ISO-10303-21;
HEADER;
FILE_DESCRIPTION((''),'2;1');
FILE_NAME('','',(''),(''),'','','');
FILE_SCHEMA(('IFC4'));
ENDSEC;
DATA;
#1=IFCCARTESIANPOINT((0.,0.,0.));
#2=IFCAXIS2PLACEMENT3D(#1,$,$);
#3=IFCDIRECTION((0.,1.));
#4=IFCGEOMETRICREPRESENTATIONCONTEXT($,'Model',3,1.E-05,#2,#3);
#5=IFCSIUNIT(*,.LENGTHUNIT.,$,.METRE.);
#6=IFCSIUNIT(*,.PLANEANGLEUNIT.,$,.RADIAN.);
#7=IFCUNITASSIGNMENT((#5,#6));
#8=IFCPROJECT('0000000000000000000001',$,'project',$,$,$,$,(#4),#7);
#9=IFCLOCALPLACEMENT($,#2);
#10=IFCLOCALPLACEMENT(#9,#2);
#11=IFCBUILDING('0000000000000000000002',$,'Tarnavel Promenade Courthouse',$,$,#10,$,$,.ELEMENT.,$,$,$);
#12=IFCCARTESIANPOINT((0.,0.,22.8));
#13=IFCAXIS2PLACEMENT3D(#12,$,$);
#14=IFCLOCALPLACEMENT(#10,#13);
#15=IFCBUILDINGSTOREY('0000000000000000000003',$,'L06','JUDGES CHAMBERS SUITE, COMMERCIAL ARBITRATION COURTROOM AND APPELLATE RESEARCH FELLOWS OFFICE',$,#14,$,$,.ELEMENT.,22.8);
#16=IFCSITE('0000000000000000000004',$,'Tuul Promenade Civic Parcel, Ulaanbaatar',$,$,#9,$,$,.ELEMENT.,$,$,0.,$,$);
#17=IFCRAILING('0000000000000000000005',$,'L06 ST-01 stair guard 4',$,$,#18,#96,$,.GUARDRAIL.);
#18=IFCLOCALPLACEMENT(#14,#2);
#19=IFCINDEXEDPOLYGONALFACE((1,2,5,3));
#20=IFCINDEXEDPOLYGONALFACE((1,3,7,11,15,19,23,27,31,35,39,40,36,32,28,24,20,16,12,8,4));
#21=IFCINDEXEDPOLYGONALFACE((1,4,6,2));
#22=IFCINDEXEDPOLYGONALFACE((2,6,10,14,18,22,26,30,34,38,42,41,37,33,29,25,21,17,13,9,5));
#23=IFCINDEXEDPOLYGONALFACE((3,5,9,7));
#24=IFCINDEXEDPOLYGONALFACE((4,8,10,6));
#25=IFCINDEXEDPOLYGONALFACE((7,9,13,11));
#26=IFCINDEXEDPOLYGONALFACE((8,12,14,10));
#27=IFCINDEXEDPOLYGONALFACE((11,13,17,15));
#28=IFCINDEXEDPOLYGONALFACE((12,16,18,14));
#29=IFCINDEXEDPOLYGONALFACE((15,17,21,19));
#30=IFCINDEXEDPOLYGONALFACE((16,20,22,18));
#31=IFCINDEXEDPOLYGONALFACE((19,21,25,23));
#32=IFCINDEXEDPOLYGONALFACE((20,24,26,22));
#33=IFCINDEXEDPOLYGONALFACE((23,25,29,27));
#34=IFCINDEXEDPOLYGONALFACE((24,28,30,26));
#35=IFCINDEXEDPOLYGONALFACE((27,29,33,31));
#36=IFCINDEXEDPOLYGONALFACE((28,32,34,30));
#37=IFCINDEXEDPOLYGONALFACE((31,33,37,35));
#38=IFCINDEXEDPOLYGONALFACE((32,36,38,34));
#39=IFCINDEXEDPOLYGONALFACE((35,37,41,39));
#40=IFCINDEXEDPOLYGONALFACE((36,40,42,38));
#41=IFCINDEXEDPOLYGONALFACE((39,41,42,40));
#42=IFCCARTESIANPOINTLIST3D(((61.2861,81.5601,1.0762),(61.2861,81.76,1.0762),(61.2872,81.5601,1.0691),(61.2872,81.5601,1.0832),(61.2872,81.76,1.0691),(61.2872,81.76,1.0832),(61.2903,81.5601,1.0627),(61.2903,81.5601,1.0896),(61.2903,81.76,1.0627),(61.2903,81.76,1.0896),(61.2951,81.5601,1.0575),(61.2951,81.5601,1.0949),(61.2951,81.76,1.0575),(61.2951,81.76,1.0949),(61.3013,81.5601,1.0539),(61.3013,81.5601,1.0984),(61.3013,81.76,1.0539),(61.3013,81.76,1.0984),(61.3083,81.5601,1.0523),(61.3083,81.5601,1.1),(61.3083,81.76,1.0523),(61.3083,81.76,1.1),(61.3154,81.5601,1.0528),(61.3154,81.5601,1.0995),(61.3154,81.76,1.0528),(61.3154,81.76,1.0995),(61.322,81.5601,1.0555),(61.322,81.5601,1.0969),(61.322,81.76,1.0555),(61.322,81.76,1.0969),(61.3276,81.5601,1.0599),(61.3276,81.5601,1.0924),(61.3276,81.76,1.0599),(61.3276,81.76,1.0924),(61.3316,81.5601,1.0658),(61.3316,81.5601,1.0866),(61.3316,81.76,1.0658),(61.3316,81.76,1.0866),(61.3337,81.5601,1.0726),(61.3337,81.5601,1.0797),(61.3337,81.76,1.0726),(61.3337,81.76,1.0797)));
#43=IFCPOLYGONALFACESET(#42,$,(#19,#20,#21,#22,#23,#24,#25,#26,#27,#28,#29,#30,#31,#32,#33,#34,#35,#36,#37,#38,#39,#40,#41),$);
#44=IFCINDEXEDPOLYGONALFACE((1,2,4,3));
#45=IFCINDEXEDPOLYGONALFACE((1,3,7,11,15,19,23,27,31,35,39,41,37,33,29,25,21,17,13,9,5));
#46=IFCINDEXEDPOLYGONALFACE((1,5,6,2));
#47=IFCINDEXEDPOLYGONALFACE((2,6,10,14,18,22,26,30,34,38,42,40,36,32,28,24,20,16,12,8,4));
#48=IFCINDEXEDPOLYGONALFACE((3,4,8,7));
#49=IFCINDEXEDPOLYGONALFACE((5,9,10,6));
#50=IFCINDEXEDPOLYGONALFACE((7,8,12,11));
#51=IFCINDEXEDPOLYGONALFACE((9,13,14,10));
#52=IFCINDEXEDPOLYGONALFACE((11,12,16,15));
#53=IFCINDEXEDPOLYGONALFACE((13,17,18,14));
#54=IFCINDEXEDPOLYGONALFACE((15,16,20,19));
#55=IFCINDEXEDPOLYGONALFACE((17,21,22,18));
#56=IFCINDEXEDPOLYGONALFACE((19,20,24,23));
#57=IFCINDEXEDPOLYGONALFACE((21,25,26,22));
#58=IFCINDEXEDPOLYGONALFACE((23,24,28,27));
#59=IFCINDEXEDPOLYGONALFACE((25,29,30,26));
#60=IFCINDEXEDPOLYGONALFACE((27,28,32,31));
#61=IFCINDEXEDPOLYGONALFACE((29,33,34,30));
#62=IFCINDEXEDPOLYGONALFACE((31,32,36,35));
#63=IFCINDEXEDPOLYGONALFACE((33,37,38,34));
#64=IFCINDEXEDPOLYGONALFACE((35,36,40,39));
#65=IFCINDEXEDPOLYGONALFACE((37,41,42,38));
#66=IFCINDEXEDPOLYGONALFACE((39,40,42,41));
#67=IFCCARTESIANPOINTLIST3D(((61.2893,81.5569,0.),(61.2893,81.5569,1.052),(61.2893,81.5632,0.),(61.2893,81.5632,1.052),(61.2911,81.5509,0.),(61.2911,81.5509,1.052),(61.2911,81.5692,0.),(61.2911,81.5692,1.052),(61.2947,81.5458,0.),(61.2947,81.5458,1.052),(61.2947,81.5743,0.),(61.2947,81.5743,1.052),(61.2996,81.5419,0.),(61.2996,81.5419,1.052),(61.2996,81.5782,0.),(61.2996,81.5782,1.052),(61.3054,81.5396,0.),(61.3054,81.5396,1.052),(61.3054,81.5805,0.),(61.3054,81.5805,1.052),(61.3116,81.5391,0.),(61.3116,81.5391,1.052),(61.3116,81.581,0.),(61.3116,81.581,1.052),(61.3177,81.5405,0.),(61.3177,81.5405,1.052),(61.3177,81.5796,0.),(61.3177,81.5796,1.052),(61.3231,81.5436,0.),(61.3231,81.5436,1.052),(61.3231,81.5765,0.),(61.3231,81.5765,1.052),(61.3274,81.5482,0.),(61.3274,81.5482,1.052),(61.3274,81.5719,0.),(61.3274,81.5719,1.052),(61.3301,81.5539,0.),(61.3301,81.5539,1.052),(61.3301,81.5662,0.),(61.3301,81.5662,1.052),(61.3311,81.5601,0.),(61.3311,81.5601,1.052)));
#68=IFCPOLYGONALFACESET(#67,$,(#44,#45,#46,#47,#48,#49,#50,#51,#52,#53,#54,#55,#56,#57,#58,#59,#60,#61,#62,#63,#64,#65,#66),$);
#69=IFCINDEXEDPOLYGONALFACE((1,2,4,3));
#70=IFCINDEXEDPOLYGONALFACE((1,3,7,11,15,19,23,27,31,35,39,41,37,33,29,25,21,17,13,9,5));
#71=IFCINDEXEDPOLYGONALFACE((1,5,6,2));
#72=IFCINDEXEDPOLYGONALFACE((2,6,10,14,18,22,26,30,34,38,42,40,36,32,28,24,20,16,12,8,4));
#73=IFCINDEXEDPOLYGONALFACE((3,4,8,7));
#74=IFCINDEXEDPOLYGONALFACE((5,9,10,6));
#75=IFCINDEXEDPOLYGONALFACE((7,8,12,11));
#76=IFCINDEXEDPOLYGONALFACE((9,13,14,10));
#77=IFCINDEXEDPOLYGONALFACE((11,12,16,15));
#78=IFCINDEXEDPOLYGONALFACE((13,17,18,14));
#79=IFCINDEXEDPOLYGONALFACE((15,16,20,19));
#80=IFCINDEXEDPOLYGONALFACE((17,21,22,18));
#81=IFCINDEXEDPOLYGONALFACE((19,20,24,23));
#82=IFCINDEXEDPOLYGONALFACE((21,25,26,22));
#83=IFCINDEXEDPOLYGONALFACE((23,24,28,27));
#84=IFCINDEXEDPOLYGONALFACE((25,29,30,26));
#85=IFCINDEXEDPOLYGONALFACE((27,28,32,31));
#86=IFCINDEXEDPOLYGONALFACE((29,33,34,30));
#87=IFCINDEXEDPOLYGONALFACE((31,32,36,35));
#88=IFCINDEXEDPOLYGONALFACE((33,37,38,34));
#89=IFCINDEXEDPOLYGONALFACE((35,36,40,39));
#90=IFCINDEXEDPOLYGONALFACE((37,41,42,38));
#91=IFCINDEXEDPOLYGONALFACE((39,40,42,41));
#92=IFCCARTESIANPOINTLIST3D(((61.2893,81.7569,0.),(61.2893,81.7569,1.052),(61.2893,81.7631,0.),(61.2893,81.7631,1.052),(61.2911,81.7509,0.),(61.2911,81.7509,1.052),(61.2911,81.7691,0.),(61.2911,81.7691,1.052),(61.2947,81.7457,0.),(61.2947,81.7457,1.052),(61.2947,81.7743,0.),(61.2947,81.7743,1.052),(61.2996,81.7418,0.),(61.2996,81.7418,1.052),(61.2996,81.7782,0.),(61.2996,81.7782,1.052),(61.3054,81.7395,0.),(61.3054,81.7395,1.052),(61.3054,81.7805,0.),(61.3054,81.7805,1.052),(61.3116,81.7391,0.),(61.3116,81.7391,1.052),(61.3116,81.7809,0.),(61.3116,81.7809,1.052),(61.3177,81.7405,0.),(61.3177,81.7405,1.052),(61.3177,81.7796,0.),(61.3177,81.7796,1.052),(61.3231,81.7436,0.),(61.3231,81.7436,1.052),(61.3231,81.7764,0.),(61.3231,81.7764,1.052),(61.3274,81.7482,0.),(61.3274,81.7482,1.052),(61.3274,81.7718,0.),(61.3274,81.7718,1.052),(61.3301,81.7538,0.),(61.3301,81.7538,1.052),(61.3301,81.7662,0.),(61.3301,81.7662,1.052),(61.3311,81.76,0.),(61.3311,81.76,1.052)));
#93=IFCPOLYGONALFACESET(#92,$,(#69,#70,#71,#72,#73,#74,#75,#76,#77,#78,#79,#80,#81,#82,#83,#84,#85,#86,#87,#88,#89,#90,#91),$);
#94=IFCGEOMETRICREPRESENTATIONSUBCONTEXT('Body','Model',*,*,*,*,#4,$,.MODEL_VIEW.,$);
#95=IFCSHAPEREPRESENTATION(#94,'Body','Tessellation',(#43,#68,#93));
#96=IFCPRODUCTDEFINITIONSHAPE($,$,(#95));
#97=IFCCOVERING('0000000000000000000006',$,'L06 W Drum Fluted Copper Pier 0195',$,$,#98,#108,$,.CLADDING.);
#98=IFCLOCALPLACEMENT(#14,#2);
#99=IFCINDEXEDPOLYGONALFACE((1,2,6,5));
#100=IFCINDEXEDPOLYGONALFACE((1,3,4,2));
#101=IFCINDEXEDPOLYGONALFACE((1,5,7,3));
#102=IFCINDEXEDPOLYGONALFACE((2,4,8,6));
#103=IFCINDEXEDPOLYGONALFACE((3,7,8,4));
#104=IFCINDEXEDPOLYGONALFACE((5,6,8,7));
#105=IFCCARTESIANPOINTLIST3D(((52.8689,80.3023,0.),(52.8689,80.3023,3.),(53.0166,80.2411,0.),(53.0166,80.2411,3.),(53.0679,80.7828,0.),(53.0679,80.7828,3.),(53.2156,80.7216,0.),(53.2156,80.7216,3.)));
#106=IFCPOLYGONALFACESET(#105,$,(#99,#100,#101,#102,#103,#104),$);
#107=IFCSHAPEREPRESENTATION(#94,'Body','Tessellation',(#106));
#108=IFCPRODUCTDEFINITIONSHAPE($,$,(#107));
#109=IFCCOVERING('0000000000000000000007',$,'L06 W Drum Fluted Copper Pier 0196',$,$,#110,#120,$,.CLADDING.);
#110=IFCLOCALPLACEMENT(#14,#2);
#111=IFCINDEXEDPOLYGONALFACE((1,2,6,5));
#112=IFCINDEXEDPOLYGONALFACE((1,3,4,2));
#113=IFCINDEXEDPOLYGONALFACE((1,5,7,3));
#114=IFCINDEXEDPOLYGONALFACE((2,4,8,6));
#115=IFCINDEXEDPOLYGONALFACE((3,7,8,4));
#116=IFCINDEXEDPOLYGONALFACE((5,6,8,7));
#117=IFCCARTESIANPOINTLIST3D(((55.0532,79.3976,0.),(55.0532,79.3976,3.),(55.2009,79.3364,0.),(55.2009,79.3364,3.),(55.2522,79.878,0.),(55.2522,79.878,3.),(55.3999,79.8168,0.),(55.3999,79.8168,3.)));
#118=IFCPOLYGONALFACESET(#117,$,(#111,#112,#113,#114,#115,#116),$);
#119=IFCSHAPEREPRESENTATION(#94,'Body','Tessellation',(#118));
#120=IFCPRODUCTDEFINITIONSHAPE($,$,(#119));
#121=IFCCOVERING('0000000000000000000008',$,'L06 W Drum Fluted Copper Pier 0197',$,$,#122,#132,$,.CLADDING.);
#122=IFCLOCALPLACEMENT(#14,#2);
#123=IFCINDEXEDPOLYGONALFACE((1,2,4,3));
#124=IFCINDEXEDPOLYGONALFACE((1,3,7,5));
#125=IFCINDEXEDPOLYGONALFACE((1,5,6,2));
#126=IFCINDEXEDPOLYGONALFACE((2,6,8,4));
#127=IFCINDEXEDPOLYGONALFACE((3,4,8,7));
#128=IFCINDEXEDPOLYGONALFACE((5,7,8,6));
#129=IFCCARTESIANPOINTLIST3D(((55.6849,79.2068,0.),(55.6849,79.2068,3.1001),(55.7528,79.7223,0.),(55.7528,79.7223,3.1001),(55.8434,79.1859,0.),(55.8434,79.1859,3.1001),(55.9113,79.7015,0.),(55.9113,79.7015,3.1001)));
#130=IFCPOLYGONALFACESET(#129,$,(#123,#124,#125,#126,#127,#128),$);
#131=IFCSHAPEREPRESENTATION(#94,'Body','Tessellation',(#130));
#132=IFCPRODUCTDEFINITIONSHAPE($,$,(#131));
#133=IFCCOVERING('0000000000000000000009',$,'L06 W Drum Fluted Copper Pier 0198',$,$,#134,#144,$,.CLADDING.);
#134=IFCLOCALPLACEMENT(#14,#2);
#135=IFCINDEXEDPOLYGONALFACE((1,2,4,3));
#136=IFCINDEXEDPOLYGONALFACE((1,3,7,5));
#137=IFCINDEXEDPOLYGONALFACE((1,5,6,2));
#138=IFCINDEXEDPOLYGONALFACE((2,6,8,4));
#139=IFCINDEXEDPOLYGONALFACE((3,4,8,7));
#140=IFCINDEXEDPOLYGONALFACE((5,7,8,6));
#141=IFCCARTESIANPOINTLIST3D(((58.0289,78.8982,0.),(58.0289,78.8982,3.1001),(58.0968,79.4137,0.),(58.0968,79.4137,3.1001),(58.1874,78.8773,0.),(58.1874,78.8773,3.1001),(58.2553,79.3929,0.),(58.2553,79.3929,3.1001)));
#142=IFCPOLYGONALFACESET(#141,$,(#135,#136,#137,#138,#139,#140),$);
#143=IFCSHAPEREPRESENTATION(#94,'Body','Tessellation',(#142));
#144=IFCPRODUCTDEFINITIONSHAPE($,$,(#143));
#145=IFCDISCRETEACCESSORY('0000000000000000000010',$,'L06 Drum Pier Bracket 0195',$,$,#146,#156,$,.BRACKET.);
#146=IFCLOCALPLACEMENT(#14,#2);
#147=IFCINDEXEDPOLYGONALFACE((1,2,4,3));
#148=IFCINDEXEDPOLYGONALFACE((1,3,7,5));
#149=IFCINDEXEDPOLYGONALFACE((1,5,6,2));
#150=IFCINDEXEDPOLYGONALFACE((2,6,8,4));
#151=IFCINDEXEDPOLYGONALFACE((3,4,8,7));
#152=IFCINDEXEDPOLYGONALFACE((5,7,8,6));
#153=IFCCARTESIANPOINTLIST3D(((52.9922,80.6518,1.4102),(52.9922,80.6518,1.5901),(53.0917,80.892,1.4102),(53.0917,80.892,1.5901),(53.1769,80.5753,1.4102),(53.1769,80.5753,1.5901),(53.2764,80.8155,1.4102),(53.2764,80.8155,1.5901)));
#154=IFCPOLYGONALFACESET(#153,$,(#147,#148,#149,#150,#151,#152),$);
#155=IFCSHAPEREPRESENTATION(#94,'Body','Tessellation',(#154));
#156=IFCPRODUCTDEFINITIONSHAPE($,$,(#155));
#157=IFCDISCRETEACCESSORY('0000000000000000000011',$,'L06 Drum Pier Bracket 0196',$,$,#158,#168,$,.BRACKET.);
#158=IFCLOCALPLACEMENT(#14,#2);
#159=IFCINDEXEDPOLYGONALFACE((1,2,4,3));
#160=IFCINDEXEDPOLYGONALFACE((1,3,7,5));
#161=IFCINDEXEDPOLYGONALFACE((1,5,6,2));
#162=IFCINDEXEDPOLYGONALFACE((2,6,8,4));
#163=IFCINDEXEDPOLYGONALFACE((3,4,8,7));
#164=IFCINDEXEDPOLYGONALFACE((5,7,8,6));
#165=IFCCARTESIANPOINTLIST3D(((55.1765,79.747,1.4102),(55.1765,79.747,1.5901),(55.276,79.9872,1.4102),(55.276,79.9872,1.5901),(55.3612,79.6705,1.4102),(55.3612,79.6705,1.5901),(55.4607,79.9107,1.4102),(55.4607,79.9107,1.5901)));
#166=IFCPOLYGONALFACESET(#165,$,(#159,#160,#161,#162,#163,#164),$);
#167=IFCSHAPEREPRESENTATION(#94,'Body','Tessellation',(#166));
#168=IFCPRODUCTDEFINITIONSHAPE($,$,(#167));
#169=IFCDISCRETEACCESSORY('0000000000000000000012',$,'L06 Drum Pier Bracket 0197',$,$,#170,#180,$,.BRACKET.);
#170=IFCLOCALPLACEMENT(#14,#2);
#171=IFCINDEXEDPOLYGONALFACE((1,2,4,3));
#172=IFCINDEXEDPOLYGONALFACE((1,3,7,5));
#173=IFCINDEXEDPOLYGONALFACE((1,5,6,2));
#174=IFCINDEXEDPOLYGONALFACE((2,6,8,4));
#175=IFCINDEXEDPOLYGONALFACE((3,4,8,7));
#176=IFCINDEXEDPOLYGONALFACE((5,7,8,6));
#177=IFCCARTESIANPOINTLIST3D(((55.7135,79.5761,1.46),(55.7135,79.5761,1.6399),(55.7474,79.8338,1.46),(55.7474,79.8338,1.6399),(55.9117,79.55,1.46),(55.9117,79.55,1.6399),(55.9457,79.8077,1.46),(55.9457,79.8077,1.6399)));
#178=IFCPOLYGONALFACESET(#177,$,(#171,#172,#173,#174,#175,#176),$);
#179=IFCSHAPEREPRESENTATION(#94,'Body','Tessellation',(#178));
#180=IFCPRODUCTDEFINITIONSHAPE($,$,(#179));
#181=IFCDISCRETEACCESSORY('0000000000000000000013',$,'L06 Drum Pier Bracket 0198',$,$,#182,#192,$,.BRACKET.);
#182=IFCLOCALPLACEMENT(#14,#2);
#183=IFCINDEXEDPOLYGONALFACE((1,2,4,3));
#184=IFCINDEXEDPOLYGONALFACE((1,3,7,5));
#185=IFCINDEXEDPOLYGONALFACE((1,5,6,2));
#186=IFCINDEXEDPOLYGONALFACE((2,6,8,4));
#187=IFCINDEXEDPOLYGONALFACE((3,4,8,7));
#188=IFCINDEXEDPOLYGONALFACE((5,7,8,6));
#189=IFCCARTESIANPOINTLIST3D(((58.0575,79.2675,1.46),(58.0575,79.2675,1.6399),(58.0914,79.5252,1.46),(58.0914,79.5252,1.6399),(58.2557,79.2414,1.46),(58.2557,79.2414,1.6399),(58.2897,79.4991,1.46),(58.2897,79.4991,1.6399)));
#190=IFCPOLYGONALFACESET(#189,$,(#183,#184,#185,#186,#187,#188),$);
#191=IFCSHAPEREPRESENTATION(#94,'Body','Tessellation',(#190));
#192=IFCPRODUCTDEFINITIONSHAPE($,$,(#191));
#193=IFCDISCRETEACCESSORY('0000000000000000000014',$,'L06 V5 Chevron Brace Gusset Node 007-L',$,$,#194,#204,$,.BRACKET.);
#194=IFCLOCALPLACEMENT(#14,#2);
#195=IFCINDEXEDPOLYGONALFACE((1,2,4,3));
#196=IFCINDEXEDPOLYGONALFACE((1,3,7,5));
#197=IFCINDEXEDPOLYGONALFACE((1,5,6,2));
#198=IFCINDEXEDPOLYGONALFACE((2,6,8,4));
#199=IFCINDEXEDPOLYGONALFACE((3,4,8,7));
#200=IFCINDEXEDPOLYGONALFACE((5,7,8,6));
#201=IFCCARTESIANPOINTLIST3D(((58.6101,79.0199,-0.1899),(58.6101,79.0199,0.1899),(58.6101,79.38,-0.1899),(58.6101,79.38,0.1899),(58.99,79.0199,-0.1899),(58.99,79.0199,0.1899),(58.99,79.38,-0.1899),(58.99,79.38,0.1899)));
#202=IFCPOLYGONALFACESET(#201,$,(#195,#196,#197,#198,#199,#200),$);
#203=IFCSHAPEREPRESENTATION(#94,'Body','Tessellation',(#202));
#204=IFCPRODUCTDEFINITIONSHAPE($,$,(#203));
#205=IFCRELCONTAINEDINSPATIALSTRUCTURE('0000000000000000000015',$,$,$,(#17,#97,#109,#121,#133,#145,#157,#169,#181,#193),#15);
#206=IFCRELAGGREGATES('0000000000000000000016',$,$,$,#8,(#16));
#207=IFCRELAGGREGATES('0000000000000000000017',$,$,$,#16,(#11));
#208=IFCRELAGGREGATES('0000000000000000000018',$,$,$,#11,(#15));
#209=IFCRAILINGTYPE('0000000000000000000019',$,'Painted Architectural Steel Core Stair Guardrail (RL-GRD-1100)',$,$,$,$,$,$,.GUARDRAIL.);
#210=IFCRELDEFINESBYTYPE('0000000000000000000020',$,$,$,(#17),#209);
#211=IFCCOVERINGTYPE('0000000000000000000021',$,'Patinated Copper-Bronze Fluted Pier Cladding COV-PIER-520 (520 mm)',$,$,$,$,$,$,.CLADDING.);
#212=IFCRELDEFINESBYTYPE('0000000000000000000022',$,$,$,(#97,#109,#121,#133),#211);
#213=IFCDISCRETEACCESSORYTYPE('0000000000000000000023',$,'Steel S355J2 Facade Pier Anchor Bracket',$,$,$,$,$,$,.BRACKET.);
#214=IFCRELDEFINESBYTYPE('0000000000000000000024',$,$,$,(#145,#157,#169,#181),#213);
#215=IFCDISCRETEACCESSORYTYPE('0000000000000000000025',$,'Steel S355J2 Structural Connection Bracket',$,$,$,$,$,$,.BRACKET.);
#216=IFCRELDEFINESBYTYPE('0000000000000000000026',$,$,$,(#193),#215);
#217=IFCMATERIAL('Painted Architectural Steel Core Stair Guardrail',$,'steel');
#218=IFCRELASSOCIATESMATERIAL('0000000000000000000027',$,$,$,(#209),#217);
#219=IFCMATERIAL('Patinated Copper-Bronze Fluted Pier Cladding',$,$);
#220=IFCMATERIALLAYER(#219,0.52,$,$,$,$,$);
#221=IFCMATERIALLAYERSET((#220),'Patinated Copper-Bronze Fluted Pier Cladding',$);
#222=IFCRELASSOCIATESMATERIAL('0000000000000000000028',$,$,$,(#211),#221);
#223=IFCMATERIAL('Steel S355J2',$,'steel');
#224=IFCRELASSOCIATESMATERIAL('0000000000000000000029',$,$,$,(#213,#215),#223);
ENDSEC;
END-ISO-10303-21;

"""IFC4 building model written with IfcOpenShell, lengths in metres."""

from ifc_helpers import new_model, si_unit, direction, frame, origin, origin_2d, place, context, subcontext, project, spatial, rectangle, circle, extrude, material, layer, layer_set, type_object, element, save


model = new_model("IFC4")

# Units and contexts
model_context = context("Model", 3, precision=1e-05, world=origin(), true_north=direction((0.0, 1.0)))
body_context = subcontext(model_context, "Body", "Model", "MODEL_VIEW")
ifc_project = project(units=[si_unit("LENGTHUNIT", "METRE"), si_unit("PLANEANGLEUNIT", "RADIAN")], contexts=[model_context])

# Site, building, storey
site_placement = place(None, origin())
site = spatial("IfcSite", under=ifc_project, at=site_placement, Name="Tuul Promenade Civic Parcel, Ulaanbaatar", CompositionType="ELEMENT", RefElevation=0.0)
building_placement = place(site_placement, origin())
building = spatial("IfcBuilding", under=site, at=building_placement, Name="Tarnavel Promenade Courthouse", CompositionType="ELEMENT")
storey_placement = place(building_placement, frame((0.0, 0.0, 22.8)))
storey = spatial("IfcBuildingStorey", under=building, at=storey_placement, Name="L06", Description="JUDGES CHAMBERS SUITE, COMMERCIAL ARBITRATION COURTROOM AND APPELLATE RESEARCH FELLOWS OFFICE", CompositionType="ELEMENT", Elevation=22.8)

# Shared definitions
ifc_material_1 = material(Name="Steel S355J2", Category="steel")

# Railing
ifc_material_2 = material(Name="Painted Architectural Steel Core Stair Guardrail", Category="steel")
railing_type = type_object("IfcRailingType", Name="Painted Architectural Steel Core Stair Guardrail (RL-GRD-1100)", PredefinedType="GUARDRAIL", material=ifc_material_2)
railing_placement = place(storey_placement, frame((61.3101, 81.5601, 0.0)))
element("IfcRailing", 1, at=railing_placement, inside=storey, type_object=railing_type, Name="L06 ST-01 stair guard 4", PredefinedType="GUARDRAIL", context=body_context, shape_type="SweptSolid", body=[
    extrude(circle(Radius=0.0239, at=origin_2d()), frame((0.0, 0.0, 1.0762), z_axis=(0.0, 1.0, 0.0), x_axis=(-1.0, 0.0, 0.0)), (0.0, 0.0, 1.0), 0.2),
    extrude(circle(Radius=0.021, at=origin_2d()), origin(), (0.0, 0.0, 1.0), 1.052),
    extrude(circle(Radius=0.021, at=origin_2d()), frame((0.0, 0.2, 0.0)), (0.0, 0.0, 1.0), 1.052),
])

# Coverings
ifc_material_3 = material(Name="Patinated Copper-Bronze Fluted Pier Cladding")
ifc_layer_1 = layer(ifc_material_3, 0.52)
ifc_layer_set_1 = layer_set([ifc_layer_1], Name="Patinated Copper-Bronze Fluted Pier Cladding")
covering_type = type_object("IfcCoveringType", Name="Patinated Copper-Bronze Fluted Pier Cladding COV-PIER-520 (520 mm)", PredefinedType="CLADDING", material=ifc_layer_set_1)
for number, where, z_axis, x_axis, name in (
    (2, (53.0422, 80.512, 0.0), (0.0, 0.0, 1.0), (0.92388, -0.382683, 0.0), "L06 W Drum Fluted Copper Pier 0195"),
    (3, (55.2266, 79.6072, 0.0), (0.0, 0.0, 1.0), (0.92388, -0.382683, 0.0), "L06 W Drum Fluted Copper Pier 0196"),
):
    element("IfcCovering", number, at=place(storey_placement, frame(where, z_axis=z_axis, x_axis=x_axis)), inside=storey, type_object=covering_type, Name=name, PredefinedType="CLADDING", context=body_context, shape_type="SweptSolid", body=[
        extrude(rectangle(XDim=0.1599, YDim=0.52, at=origin_2d()), origin(), (0.0, 0.0, 1.0), 3.0),
    ])
for number, where, z_axis, x_axis, name in (
    (4, (55.7981, 79.4541, 0.0), (0.0, 0.0, 1.0), (0.991445, -0.130526, 0.0), "L06 W Drum Fluted Copper Pier 0197"),
    (5, (58.1421, 79.1455, 0.0), (0.0, 0.0, 1.0), (0.991445, -0.130526, 0.0), "L06 W Drum Fluted Copper Pier 0198"),
):
    element("IfcCovering", number, at=place(storey_placement, frame(where, z_axis=z_axis, x_axis=x_axis)), inside=storey, type_object=covering_type, Name=name, PredefinedType="CLADDING", context=body_context, shape_type="SweptSolid", body=[
        extrude(rectangle(XDim=0.1599, YDim=0.52, at=origin_2d()), origin(), (0.0, 0.0, 1.0), 3.1001),
    ])

# Discrete accessories
discrete_accessory_type_1 = type_object("IfcDiscreteAccessoryType", Name="Steel S355J2 Facade Pier Anchor Bracket", PredefinedType="BRACKET", material=ifc_material_1)
for number, where, z_axis, x_axis, name in (
    (6, (53.1343, 80.7336, 1.4102), (0.0, 0.0, 1.0), (0.92388, -0.382683, 0.0), "L06 Drum Pier Bracket 0195"),
    (7, (55.3186, 79.8289, 1.4102), (0.0, 0.0, 1.0), (0.92388, -0.382683, 0.0), "L06 Drum Pier Bracket 0196"),
    (8, (55.8296, 79.6919, 1.46), (0.0, 0.0, 1.0), (0.991445, -0.130526, 0.0), "L06 Drum Pier Bracket 0197"),
    (9, (58.1736, 79.3833, 1.46), (0.0, 0.0, 1.0), (0.991445, -0.130526, 0.0), "L06 Drum Pier Bracket 0198"),
):
    element("IfcDiscreteAccessory", number, at=place(storey_placement, frame(where, z_axis=z_axis, x_axis=x_axis)), inside=storey, type_object=discrete_accessory_type_1, Name=name, PredefinedType="BRACKET", context=body_context, shape_type="SweptSolid", body=[
        extrude(rectangle(XDim=0.2, YDim=0.26, at=origin_2d()), origin(), (0.0, 0.0, 1.0), 0.1799),
    ])
discrete_accessory_type_2 = type_object("IfcDiscreteAccessoryType", Name="Steel S355J2 Structural Connection Bracket", PredefinedType="BRACKET", material=ifc_material_1)
discrete_accessory_placement = place(storey_placement, frame((58.8, 79.2, -0.1899), z_axis=(0.0, 0.0, 1.0), x_axis=(1.0, 0.0, 0.0)))
element("IfcDiscreteAccessory", 10, at=discrete_accessory_placement, inside=storey, type_object=discrete_accessory_type_2, Name="L06 V5 Chevron Brace Gusset Node 007-L", PredefinedType="BRACKET", context=body_context, shape_type="SweptSolid", body=[
    extrude(rectangle(XDim=0.3799, YDim=0.3601, at=origin_2d()), origin(), (0.0, 0.0, 1.0), 0.3799),
])

save(model, "model.ifc")
